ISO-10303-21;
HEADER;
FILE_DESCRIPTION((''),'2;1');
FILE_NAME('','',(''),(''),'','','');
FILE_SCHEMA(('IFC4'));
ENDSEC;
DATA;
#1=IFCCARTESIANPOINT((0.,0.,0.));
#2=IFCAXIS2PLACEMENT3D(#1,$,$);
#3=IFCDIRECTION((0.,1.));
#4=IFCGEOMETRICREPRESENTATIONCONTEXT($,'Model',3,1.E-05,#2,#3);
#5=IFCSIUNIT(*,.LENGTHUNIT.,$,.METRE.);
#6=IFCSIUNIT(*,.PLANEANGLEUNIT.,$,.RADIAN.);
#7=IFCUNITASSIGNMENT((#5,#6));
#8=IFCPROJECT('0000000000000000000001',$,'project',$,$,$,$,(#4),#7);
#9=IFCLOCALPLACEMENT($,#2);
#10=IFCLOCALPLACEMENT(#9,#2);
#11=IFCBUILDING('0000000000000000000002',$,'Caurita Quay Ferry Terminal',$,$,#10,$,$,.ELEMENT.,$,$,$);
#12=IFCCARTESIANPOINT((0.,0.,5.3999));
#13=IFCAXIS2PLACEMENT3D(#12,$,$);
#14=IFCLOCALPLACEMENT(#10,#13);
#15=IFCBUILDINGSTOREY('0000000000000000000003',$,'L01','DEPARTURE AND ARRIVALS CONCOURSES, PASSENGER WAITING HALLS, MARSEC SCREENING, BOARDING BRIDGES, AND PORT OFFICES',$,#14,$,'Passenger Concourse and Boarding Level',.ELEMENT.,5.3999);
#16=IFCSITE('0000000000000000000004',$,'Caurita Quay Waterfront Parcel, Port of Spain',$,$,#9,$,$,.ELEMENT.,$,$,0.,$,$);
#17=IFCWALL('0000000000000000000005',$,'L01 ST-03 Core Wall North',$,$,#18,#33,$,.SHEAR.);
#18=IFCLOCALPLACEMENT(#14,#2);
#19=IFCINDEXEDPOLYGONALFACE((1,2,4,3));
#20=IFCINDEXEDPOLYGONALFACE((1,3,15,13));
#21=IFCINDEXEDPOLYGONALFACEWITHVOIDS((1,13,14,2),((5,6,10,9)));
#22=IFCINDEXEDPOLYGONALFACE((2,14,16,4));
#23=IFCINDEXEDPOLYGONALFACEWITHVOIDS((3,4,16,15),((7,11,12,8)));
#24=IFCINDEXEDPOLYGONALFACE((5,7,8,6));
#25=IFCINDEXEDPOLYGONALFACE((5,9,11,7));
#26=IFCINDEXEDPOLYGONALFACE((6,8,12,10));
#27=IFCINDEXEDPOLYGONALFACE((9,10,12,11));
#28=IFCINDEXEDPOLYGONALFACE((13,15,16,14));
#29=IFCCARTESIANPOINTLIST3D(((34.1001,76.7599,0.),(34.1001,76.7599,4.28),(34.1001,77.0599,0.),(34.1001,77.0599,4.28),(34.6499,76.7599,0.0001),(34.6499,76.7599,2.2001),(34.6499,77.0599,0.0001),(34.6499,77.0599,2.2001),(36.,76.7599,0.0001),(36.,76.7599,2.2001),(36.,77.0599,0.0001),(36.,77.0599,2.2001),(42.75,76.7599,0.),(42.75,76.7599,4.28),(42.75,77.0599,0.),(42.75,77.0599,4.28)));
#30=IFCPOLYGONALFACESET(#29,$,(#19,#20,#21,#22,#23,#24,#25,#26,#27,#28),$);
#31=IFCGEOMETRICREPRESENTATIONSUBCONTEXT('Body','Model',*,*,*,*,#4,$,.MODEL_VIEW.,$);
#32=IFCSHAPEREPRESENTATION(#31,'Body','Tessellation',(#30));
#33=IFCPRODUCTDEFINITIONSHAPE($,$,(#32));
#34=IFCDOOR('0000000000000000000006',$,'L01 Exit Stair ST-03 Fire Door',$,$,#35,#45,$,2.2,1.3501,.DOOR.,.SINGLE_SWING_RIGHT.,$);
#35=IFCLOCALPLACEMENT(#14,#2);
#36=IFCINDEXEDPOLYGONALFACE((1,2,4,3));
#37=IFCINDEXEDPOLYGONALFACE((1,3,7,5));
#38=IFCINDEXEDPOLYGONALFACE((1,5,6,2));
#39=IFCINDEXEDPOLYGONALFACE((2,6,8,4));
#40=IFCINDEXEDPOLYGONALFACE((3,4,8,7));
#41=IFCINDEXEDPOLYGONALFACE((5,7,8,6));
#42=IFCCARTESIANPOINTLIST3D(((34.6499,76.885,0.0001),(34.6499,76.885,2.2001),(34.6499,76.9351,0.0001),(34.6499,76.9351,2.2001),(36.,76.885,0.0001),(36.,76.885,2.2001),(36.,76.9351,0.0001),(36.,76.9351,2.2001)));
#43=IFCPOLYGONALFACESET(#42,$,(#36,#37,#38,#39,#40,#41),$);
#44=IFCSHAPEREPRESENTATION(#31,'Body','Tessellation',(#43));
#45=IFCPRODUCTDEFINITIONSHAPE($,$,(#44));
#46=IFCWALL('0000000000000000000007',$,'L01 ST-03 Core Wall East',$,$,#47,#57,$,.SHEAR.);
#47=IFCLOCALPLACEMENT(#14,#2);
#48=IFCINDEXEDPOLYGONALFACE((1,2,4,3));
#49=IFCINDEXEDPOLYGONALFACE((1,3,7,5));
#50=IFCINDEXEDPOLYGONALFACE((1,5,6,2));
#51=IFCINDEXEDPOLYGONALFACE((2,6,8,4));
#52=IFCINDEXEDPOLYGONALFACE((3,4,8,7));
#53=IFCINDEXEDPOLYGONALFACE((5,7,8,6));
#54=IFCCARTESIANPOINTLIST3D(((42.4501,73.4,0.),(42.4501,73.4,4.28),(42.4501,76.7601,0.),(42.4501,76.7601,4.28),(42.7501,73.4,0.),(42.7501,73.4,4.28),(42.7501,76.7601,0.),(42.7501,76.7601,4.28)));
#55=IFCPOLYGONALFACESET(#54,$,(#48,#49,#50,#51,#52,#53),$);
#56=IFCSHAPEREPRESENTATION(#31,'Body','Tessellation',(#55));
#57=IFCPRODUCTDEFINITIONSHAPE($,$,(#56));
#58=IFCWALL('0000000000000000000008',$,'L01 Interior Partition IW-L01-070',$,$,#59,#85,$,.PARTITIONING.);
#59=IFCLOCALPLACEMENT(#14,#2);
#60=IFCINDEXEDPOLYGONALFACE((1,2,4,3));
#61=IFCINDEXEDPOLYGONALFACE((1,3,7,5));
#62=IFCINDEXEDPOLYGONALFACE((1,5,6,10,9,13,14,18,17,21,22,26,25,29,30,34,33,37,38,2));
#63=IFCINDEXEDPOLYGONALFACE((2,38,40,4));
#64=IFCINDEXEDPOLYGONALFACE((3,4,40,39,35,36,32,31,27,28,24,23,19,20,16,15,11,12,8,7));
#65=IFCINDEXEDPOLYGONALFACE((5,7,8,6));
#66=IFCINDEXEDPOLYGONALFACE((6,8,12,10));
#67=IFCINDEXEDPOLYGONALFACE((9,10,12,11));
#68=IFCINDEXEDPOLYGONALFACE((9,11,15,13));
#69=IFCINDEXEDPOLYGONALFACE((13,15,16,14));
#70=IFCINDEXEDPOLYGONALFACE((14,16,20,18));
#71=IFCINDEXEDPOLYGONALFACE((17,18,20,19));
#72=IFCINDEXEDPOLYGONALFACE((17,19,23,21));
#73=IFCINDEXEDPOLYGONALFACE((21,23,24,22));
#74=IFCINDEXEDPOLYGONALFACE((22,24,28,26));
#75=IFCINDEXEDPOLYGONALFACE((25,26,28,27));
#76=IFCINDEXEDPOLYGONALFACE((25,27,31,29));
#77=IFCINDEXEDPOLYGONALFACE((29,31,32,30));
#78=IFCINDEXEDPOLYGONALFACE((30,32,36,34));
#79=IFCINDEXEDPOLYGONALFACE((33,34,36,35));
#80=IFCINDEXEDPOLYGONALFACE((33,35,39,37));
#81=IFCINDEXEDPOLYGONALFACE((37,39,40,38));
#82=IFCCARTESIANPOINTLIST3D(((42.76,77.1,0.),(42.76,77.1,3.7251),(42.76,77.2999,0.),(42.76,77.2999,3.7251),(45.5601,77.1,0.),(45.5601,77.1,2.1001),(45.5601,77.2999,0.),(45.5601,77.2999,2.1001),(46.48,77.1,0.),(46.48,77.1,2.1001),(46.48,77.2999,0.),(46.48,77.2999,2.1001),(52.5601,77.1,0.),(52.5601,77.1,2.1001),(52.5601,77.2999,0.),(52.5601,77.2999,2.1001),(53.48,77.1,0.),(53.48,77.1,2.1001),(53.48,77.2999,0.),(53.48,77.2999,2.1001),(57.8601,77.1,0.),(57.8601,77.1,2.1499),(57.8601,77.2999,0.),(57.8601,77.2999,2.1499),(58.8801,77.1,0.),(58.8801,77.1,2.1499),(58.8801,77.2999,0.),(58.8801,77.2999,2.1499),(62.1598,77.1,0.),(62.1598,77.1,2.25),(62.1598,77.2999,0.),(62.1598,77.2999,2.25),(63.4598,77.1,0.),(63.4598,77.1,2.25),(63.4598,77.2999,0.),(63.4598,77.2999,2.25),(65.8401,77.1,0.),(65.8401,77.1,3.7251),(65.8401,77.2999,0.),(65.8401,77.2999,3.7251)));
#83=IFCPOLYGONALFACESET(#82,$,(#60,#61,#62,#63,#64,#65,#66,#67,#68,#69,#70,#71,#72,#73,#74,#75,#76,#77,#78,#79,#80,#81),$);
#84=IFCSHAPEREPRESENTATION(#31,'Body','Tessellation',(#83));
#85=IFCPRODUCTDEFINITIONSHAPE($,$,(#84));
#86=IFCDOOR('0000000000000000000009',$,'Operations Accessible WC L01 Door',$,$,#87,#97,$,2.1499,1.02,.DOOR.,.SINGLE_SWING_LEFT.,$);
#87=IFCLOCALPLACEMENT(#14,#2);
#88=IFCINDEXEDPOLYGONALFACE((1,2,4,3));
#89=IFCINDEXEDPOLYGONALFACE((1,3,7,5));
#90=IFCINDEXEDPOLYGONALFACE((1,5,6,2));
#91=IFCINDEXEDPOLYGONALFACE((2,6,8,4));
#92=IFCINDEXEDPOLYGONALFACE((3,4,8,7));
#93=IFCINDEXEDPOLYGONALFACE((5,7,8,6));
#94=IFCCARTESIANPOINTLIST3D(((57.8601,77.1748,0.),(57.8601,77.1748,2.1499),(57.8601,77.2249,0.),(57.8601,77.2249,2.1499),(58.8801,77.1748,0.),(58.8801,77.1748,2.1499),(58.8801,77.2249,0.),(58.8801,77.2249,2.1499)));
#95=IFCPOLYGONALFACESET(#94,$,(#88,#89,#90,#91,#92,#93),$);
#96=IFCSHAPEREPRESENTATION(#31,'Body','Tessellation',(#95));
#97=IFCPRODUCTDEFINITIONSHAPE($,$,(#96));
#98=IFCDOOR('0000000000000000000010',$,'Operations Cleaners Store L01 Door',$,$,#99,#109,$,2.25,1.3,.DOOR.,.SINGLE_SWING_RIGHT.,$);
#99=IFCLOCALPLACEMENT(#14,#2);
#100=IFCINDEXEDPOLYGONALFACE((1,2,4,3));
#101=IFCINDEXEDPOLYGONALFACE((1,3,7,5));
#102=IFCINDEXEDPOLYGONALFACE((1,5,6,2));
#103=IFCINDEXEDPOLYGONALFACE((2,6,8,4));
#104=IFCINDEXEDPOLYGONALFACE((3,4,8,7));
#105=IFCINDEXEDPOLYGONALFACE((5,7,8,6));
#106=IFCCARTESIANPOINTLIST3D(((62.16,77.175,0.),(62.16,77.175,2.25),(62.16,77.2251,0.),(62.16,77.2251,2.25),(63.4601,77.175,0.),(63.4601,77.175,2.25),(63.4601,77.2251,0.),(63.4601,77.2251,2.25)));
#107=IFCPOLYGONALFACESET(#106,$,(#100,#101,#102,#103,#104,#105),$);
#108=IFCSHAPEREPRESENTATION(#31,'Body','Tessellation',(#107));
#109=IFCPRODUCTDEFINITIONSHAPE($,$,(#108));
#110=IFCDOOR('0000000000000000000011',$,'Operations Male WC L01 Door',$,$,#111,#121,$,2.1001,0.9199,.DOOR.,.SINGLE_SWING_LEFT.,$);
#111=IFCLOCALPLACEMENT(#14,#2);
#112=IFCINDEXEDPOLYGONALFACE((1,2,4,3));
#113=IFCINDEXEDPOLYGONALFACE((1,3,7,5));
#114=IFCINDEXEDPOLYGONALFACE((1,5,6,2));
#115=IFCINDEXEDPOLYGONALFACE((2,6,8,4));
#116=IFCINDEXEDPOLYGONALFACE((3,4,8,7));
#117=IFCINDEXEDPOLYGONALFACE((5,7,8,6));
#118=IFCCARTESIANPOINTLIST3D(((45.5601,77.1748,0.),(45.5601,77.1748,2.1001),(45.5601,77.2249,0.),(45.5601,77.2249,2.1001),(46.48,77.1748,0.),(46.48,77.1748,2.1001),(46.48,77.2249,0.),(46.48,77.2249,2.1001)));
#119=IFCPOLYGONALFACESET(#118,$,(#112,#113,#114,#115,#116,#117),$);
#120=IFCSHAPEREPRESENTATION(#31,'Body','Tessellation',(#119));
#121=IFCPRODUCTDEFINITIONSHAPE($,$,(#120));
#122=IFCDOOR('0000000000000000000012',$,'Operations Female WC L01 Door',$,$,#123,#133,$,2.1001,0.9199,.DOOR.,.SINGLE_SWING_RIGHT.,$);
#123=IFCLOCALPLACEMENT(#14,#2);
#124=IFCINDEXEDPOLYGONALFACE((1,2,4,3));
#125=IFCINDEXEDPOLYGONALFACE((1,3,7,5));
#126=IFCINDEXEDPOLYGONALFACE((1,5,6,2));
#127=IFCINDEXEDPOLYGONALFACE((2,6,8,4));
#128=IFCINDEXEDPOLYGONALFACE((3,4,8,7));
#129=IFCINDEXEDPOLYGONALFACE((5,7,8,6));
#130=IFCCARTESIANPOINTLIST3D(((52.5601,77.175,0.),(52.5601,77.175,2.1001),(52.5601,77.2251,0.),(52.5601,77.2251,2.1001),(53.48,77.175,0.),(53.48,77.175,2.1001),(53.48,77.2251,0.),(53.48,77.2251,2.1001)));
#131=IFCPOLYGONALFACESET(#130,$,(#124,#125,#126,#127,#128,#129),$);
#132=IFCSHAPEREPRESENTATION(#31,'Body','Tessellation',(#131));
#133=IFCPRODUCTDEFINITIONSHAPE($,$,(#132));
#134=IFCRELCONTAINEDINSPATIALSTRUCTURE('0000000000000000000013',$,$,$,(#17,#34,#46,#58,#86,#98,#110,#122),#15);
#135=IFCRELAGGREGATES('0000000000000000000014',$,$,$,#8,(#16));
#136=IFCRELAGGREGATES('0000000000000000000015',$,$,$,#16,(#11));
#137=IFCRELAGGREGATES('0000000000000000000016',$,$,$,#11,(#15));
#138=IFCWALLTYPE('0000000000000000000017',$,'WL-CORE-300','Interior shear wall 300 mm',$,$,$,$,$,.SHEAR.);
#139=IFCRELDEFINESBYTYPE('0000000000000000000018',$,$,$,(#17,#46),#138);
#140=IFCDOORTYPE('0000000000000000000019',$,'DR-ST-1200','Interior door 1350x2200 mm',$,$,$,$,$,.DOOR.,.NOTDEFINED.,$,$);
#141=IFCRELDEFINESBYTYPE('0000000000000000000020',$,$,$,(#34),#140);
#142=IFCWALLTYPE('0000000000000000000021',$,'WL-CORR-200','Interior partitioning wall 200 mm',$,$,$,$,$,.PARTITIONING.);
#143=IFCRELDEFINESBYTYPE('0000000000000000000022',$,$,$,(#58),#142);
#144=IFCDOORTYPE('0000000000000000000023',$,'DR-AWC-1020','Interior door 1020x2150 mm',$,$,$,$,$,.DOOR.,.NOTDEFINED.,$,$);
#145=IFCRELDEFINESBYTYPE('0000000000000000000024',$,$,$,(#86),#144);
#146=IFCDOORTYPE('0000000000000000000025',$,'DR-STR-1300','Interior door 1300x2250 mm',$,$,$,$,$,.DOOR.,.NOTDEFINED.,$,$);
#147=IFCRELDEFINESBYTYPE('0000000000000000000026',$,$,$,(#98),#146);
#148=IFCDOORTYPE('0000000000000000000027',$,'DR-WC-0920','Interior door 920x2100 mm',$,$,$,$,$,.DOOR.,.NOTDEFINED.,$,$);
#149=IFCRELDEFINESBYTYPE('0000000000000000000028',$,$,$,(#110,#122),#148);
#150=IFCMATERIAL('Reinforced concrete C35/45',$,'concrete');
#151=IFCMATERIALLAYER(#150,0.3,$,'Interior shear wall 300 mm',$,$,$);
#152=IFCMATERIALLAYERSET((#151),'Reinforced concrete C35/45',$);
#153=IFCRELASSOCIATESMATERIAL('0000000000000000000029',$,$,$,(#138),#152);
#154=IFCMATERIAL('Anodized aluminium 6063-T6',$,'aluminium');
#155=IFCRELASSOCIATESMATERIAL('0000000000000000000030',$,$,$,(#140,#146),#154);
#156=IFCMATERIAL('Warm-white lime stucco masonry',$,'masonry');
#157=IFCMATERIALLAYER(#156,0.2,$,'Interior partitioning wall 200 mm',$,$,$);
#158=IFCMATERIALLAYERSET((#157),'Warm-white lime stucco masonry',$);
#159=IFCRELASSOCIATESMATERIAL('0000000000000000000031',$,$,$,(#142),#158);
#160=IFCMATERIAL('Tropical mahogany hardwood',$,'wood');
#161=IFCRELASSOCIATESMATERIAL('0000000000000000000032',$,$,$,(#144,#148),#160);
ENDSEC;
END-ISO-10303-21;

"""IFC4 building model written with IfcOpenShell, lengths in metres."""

from ifc_helpers import new_model, si_unit, direction, frame, frame_2d, origin, place, context, subcontext, project, spatial, rectangle, extrude, material, layer, layer_set, type_object, element, fill, save


model = new_model("IFC4")

# Units and contexts
model_context = context("Model", 3, precision=1e-05, world=origin(), true_north=direction((0.0, 1.0)))
body_context = subcontext(model_context, "Body", "Model", "MODEL_VIEW")
ifc_project = project(units=[si_unit("LENGTHUNIT", "METRE"), si_unit("PLANEANGLEUNIT", "RADIAN")], contexts=[model_context])

# Site, building, storey
site_placement = place(None, origin())
site = spatial("IfcSite", under=ifc_project, at=site_placement, Name="Caurita Quay Waterfront Parcel, Port of Spain", CompositionType="ELEMENT", RefElevation=0.0)
building_placement = place(site_placement, origin())
building = spatial("IfcBuilding", under=site, at=building_placement, Name="Caurita Quay Ferry Terminal", CompositionType="ELEMENT")
storey_placement = place(building_placement, frame((0.0, 0.0, 5.3999)))
storey = spatial("IfcBuildingStorey", under=building, at=storey_placement, Name="L01", Description="DEPARTURE AND ARRIVALS CONCOURSES, PASSENGER WAITING HALLS, MARSEC SCREENING, BOARDING BRIDGES, AND PORT OFFICES", LongName="Passenger Concourse and Boarding Level", CompositionType="ELEMENT", Elevation=5.3999)

# Shared definitions
ifc_material_1 = material(Name="Anodized aluminium 6063-T6", Category="aluminium")

# Wall, opening, door
ifc_material_2 = material(Name="Reinforced concrete C35/45", Category="concrete")
ifc_layer_1 = layer(ifc_material_2, 0.3, Name="Interior shear wall 300 mm")
ifc_layer_set_1 = layer_set([ifc_layer_1], Name="Reinforced concrete C35/45")
wall_type_1 = type_object("IfcWallType", Name="WL-CORE-300", Description="Interior shear wall 300 mm", PredefinedType="SHEAR", material=ifc_layer_set_1)
wall_1_placement = place(storey_placement, frame((42.75, 76.9099, 0.0), z_axis=(0.0, 0.0, 1.0), x_axis=(-1.0, 0.0, 0.0)))
wall_1 = element("IfcWall", 1, at=wall_1_placement, inside=storey, type_object=wall_type_1, Name="L01 ST-03 Core Wall North", PredefinedType="SHEAR", context=body_context, shape_type="SweptSolid", body=[
    extrude(rectangle(XDim=8.6499, YDim=0.3, at=frame_2d((4.325, 0.0))), origin(), (0.0, 0.0, 1.0), 4.28),
])
opening_1_placement = place(wall_1_placement, frame((6.75, 0.0, 0.0)))
opening_1 = element("IfcOpeningElement", 2, at=opening_1_placement, cuts=wall_1, PredefinedType="OPENING", context=body_context, shape_type="SweptSolid", body=[
    extrude(rectangle(XDim=1.3501, YDim=2.2, at=frame_2d((0.675, 1.1001))), frame((0.0, 0.1599, 0.0), z_axis=(0.0, -1.0, 0.0), x_axis=(1.0, 0.0, 0.0)), (0.0, 0.0, 1.0), 0.3201),
])
door_type_1 = type_object("IfcDoorType", Name="DR-ST-1200", Description="Interior door 1350x2200 mm", OperationType="NOTDEFINED", PredefinedType="DOOR", material=ifc_material_1)
door_1_placement = place(opening_1_placement, origin())
door_1 = element("IfcDoor", 3, at=door_1_placement, inside=storey, type_object=door_type_1, Name="L01 Exit Stair ST-03 Fire Door", OperationType="SINGLE_SWING_RIGHT", OverallHeight=2.2, OverallWidth=1.3501, PredefinedType="DOOR", context=body_context, shape_type="SweptSolid", body=[
    extrude(rectangle(XDim=1.3501, YDim=2.2, at=frame_2d((0.675, 1.1001))), frame((0.0, 0.0249, 0.0), z_axis=(0.0, -1.0, 0.0), x_axis=(1.0, 0.0, 0.0)), (0.0, 0.0, 1.0), 0.05),
])
fill(opening_1, door_1)

# Wall
wall_2_placement = place(storey_placement, frame((42.6001, 73.3999, 0.0), z_axis=(0.0, 0.0, 1.0), x_axis=(0.0, 1.0, 0.0)))
element("IfcWall", 4, at=wall_2_placement, inside=storey, type_object=wall_type_1, Name="L01 ST-03 Core Wall East", PredefinedType="SHEAR", context=body_context, shape_type="SweptSolid", body=[
    extrude(rectangle(XDim=3.3601, YDim=0.3, at=frame_2d((1.6802, 0.0))), origin(), (0.0, 0.0, 1.0), 4.28),
])

# Wall, openings, doors
ifc_material_3 = material(Name="Warm-white lime stucco masonry", Category="masonry")
ifc_layer_2 = layer(ifc_material_3, 0.2, Name="Interior partitioning wall 200 mm")
ifc_layer_set_2 = layer_set([ifc_layer_2], Name="Warm-white lime stucco masonry")
wall_type_2 = type_object("IfcWallType", Name="WL-CORR-200", Description="Interior partitioning wall 200 mm", PredefinedType="PARTITIONING", material=ifc_layer_set_2)
wall_3_placement = place(storey_placement, frame((42.76, 77.2, 0.0), z_axis=(0.0, 0.0, 1.0), x_axis=(1.0, 0.0, 0.0)))
wall_3 = element("IfcWall", 5, at=wall_3_placement, inside=storey, type_object=wall_type_2, Name="L01 Interior Partition IW-L01-070", PredefinedType="PARTITIONING", context=body_context, shape_type="SweptSolid", body=[
    extrude(rectangle(XDim=23.0801, YDim=0.2, at=frame_2d((11.54, 0.0))), origin(), (0.0, 0.0, 1.0), 3.7251),
])
opening_2_placement = place(wall_3_placement, frame((2.8, 0.0, 0.0)))
opening_2 = element("IfcOpeningElement", 6, at=opening_2_placement, cuts=wall_3, PredefinedType="OPENING", context=body_context, shape_type="SweptSolid", body=[
    extrude(rectangle(XDim=0.9199, YDim=2.1001, at=frame_2d((0.46, 1.05))), frame((0.0, 0.1099, 0.0), z_axis=(0.0, -1.0, 0.0), x_axis=(1.0, 0.0, 0.0)), (0.0, 0.0, 1.0), 0.22),
])
opening_3_placement = place(wall_3_placement, frame((9.8, 0.0, 0.0)))
opening_3 = element("IfcOpeningElement", 7, at=opening_3_placement, cuts=wall_3, PredefinedType="OPENING", context=body_context, shape_type="SweptSolid", body=[
    extrude(rectangle(XDim=0.9199, YDim=2.1001, at=frame_2d((0.46, 1.05))), frame((0.0, 0.1099, 0.0), z_axis=(0.0, -1.0, 0.0), x_axis=(1.0, 0.0, 0.0)), (0.0, 0.0, 1.0), 0.22),
])
opening_4_placement = place(wall_3_placement, frame((15.1001, 0.0, 0.0)))
opening_4 = element("IfcOpeningElement", 8, at=opening_4_placement, cuts=wall_3, PredefinedType="OPENING", context=body_context, shape_type="SweptSolid", body=[
    extrude(rectangle(XDim=1.02, YDim=2.1499, at=frame_2d((0.51, 1.075))), frame((0.0, 0.1099, 0.0), z_axis=(0.0, -1.0, 0.0), x_axis=(1.0, 0.0, 0.0)), (0.0, 0.0, 1.0), 0.22),
])
opening_5_placement = place(wall_3_placement, frame((19.3999, 0.0, 0.0)))
opening_5 = element("IfcOpeningElement", 9, at=opening_5_placement, cuts=wall_3, PredefinedType="OPENING", context=body_context, shape_type="SweptSolid", body=[
    extrude(rectangle(XDim=1.3, YDim=2.25, at=frame_2d((0.6499, 1.125))), frame((0.0, 0.1099, 0.0), z_axis=(0.0, -1.0, 0.0), x_axis=(1.0, 0.0, 0.0)), (0.0, 0.0, 1.0), 0.22),
])
ifc_material_4 = material(Name="Tropical mahogany hardwood", Category="wood")
door_type_2 = type_object("IfcDoorType", Name="DR-AWC-1020", Description="Interior door 1020x2150 mm", OperationType="NOTDEFINED", PredefinedType="DOOR", material=ifc_material_4)
door_2_placement = place(opening_4_placement, origin())
door_2 = element("IfcDoor", 10, at=door_2_placement, inside=storey, type_object=door_type_2, Name="Operations Accessible WC L01 Door", OperationType="SINGLE_SWING_LEFT", OverallHeight=2.1499, OverallWidth=1.02, PredefinedType="DOOR", context=body_context, shape_type="SweptSolid", body=[
    extrude(rectangle(XDim=1.02, YDim=2.1499, at=frame_2d((0.51, 1.075))), frame((0.0, 0.0249, 0.0), z_axis=(0.0, -1.0, 0.0), x_axis=(1.0, 0.0, 0.0)), (0.0, 0.0, 1.0), 0.05),
])
fill(opening_4, door_2)
door_type_3 = type_object("IfcDoorType", Name="DR-STR-1300", Description="Interior door 1300x2250 mm", OperationType="NOTDEFINED", PredefinedType="DOOR", material=ifc_material_1)
door_3_placement = place(opening_5_placement, frame((1.3, 0.0, 0.0), z_axis=(0.0, 0.0, 1.0), x_axis=(-1.0, 0.0, 0.0)))
door_3 = element("IfcDoor", 11, at=door_3_placement, inside=storey, type_object=door_type_3, Name="Operations Cleaners Store L01 Door", OperationType="SINGLE_SWING_RIGHT", OverallHeight=2.25, OverallWidth=1.3, PredefinedType="DOOR", context=body_context, shape_type="SweptSolid", body=[
    extrude(rectangle(XDim=1.3, YDim=2.25, at=frame_2d((0.6499, 1.125))), frame((0.0, 0.0249, 0.0), z_axis=(0.0, -1.0, 0.0), x_axis=(1.0, 0.0, 0.0)), (0.0, 0.0, 1.0), 0.05),
])
fill(opening_5, door_3)
door_type_4 = type_object("IfcDoorType", Name="DR-WC-0920", Description="Interior door 920x2100 mm", OperationType="NOTDEFINED", PredefinedType="DOOR", material=ifc_material_4)
door_4_placement = place(opening_2_placement, origin())
door_4 = element("IfcDoor", 12, at=door_4_placement, inside=storey, type_object=door_type_4, Name="Operations Male WC L01 Door", OperationType="SINGLE_SWING_LEFT", OverallHeight=2.1001, OverallWidth=0.9199, PredefinedType="DOOR", context=body_context, shape_type="SweptSolid", body=[
    extrude(rectangle(XDim=0.9199, YDim=2.1001, at=frame_2d((0.46, 1.05))), frame((0.0, 0.0249, 0.0), z_axis=(0.0, -1.0, 0.0), x_axis=(1.0, 0.0, 0.0)), (0.0, 0.0, 1.0), 0.05),
])
fill(opening_2, door_4)
door_5_placement = place(opening_3_placement, frame((0.9199, 0.0, 0.0), z_axis=(0.0, 0.0, 1.0), x_axis=(-1.0, 0.0, 0.0)))
door_5 = element("IfcDoor", 13, at=door_5_placement, inside=storey, type_object=door_type_4, Name="Operations Female WC L01 Door", OperationType="SINGLE_SWING_RIGHT", OverallHeight=2.1001, OverallWidth=0.9199, PredefinedType="DOOR", context=body_context, shape_type="SweptSolid", body=[
    extrude(rectangle(XDim=0.9199, YDim=2.1001, at=frame_2d((0.46, 1.05))), frame((0.0, 0.0249, 0.0), z_axis=(0.0, -1.0, 0.0), x_axis=(1.0, 0.0, 0.0)), (0.0, 0.0, 1.0), 0.05),
])
fill(opening_3, door_5)

save(model, "model.ifc")
